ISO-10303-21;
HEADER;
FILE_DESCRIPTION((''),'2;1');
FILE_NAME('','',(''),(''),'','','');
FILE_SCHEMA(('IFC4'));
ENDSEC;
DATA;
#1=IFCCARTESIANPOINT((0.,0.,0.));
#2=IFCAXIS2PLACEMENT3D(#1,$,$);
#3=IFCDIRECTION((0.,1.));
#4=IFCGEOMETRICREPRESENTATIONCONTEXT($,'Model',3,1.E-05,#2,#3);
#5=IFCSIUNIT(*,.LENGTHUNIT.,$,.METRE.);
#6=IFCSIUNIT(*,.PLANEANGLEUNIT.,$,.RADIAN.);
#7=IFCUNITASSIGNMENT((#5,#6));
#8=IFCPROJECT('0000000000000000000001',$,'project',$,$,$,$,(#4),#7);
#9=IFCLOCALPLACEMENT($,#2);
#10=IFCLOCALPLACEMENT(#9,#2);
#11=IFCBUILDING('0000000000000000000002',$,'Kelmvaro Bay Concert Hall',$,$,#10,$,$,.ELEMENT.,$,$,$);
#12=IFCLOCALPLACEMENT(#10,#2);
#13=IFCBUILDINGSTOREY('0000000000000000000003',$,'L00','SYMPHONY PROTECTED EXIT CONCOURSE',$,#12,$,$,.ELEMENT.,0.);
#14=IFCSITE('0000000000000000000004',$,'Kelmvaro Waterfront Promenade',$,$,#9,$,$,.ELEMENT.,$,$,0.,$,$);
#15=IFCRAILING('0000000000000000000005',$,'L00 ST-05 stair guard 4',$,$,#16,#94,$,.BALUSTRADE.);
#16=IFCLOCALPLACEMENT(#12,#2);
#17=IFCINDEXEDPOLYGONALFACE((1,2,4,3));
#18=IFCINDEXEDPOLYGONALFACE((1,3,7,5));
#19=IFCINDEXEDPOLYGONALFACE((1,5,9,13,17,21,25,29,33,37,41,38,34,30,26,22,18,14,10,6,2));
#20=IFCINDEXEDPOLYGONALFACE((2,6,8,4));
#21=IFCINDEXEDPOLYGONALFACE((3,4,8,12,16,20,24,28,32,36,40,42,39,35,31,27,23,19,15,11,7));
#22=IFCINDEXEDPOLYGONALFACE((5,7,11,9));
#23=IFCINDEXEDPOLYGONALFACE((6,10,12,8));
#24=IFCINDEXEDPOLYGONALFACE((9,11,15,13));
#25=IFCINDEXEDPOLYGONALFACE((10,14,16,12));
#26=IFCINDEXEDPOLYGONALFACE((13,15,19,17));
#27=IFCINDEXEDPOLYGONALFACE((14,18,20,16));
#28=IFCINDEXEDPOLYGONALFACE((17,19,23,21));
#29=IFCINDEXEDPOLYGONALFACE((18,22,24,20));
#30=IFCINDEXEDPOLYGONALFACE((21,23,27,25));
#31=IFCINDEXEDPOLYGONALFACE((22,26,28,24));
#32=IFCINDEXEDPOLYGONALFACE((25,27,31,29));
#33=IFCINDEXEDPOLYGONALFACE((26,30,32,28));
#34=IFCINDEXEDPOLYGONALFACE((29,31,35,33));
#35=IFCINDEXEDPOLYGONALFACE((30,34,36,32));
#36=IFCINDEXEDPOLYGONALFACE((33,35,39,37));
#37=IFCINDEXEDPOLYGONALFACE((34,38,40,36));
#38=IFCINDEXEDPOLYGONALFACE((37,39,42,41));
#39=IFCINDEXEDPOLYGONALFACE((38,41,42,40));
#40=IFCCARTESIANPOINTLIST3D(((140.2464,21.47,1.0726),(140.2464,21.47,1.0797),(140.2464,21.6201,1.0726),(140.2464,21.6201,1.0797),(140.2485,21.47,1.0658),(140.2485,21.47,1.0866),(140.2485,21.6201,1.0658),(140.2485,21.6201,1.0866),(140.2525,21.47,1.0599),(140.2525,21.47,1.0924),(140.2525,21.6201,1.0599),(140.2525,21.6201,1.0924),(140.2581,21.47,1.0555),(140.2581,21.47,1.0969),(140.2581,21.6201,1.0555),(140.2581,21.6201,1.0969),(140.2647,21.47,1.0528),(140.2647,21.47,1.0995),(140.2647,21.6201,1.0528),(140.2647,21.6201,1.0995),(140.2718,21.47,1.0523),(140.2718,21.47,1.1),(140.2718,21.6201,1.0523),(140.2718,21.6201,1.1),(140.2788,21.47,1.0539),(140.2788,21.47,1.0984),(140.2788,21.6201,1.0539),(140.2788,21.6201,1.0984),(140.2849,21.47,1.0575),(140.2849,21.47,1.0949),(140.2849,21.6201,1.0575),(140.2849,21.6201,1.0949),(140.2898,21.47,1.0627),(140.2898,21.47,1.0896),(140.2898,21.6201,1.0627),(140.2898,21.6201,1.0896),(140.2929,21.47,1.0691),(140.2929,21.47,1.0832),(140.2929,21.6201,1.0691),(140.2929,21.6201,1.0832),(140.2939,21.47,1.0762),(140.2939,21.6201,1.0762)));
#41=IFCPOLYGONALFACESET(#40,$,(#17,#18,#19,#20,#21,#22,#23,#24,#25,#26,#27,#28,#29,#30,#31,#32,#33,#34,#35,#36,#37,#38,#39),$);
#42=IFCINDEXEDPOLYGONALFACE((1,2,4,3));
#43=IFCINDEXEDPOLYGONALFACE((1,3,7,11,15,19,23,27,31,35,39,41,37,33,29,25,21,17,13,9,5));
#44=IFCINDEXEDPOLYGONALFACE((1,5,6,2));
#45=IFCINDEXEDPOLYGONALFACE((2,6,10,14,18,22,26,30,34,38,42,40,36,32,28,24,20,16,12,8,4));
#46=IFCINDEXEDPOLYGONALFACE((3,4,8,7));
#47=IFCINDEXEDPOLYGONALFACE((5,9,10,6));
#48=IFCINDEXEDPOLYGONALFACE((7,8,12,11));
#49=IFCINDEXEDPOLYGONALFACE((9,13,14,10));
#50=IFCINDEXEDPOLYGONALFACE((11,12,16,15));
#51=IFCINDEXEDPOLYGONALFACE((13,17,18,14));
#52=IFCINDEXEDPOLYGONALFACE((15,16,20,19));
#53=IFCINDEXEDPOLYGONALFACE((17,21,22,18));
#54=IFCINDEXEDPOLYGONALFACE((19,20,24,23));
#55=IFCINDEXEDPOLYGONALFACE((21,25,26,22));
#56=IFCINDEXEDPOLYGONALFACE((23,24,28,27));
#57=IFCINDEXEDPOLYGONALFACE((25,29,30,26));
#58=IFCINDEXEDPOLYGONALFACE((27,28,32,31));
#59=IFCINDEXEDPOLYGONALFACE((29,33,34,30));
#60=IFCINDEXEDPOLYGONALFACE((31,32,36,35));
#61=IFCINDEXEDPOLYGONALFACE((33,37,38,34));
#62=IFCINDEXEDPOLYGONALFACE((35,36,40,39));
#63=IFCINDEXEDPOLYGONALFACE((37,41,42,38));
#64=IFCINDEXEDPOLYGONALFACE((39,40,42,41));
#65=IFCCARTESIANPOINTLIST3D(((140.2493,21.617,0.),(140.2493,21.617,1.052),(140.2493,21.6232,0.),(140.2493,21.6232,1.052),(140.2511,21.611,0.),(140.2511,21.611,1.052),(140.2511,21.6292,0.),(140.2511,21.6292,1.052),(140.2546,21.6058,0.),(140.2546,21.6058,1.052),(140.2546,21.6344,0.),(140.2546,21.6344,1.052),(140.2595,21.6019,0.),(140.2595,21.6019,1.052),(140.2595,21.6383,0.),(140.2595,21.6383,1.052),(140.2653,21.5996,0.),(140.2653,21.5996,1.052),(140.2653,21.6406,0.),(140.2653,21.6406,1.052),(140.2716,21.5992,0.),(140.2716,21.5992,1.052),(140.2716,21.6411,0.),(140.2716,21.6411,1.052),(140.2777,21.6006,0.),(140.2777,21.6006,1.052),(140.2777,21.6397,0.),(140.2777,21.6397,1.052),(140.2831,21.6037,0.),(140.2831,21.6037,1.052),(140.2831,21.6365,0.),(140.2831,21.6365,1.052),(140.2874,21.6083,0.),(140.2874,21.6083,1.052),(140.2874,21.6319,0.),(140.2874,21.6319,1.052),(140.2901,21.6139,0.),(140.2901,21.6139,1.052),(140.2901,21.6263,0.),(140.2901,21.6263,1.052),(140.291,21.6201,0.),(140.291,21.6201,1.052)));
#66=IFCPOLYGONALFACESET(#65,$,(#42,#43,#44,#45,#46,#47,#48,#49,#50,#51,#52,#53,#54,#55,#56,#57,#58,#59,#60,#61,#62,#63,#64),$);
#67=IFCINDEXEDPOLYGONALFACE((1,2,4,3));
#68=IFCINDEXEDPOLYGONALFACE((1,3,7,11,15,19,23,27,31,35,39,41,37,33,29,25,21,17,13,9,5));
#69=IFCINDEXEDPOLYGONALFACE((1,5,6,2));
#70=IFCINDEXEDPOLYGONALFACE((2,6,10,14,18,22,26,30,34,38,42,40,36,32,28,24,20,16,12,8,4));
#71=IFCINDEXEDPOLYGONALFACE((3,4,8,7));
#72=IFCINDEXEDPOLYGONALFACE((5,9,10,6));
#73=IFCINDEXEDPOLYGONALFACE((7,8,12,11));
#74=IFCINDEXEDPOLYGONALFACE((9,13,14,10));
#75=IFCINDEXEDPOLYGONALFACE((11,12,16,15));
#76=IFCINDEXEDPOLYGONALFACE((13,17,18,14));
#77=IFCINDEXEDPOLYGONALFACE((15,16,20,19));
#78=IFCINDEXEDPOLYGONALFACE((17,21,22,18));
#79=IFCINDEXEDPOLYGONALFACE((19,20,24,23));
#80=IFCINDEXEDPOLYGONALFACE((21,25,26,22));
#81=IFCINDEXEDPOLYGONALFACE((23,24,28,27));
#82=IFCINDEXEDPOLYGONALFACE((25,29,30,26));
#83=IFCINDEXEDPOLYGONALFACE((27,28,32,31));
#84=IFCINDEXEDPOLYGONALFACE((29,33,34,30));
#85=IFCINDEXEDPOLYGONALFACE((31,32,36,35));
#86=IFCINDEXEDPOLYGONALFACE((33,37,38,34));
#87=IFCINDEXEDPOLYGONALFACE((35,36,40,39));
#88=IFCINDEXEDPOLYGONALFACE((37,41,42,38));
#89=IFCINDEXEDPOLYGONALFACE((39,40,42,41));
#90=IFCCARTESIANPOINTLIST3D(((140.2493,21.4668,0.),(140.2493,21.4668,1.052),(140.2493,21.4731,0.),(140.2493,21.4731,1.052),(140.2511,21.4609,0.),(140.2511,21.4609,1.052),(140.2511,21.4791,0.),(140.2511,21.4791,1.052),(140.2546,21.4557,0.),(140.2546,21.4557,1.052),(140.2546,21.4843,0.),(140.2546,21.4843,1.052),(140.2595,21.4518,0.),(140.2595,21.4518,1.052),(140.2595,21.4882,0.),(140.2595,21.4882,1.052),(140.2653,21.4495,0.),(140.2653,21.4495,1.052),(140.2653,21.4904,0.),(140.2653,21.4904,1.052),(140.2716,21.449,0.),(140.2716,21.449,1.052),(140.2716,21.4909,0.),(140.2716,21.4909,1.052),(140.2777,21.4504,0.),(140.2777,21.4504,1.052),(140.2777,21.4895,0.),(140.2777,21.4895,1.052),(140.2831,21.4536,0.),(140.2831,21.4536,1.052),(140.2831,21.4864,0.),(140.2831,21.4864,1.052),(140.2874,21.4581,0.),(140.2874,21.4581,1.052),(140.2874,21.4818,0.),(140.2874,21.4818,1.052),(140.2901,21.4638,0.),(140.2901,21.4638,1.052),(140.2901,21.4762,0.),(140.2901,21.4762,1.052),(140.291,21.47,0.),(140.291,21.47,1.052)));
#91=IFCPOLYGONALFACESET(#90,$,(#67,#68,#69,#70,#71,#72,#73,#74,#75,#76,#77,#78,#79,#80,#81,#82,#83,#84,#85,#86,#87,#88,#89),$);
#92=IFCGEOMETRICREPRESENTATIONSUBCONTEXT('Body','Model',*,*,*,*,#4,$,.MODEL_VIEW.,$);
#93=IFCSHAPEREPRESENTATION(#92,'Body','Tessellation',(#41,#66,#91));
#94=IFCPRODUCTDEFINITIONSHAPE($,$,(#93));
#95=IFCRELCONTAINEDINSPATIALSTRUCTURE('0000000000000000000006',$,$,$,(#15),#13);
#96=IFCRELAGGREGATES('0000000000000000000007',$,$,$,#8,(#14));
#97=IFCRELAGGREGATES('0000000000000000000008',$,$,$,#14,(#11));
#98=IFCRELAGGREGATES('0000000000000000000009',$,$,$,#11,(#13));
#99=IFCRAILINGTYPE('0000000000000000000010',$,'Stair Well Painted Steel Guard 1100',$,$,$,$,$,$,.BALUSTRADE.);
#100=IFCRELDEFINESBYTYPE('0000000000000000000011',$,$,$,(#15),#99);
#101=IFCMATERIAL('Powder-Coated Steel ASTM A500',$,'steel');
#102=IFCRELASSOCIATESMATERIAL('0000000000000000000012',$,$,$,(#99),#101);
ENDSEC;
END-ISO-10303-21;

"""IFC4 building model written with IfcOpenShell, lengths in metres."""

from ifc_helpers import new_model, si_unit, direction, frame, origin, origin_2d, place, context, subcontext, project, spatial, circle, extrude, material, type_object, element, save


model = new_model("IFC4")

# Units and contexts
model_context = context("Model", 3, precision=1e-05, world=origin(), true_north=direction((0.0, 1.0)))
body_context = subcontext(model_context, "Body", "Model", "MODEL_VIEW")
ifc_project = project(units=[si_unit("LENGTHUNIT", "METRE"), si_unit("PLANEANGLEUNIT", "RADIAN")], contexts=[model_context])

# Site, building, storey
site_placement = place(None, origin())
site = spatial("IfcSite", under=ifc_project, at=site_placement, Name="Kelmvaro Waterfront Promenade", CompositionType="ELEMENT", RefElevation=0.0)
building_placement = place(site_placement, origin())
building = spatial("IfcBuilding", under=site, at=building_placement, Name="Kelmvaro Bay Concert Hall", CompositionType="ELEMENT")
storey_placement = place(building_placement, origin())
storey = spatial("IfcBuildingStorey", under=building, at=storey_placement, Name="L00", Description="SYMPHONY PROTECTED EXIT CONCOURSE", CompositionType="ELEMENT", Elevation=0.0)

# Railing
ifc_material_1 = material(Name="Powder-Coated Steel ASTM A500", Category="steel")
railing_type_1 = type_object("IfcRailingType", Name="Stair Well Painted Steel Guard 1100", PredefinedType="BALUSTRADE", material=ifc_material_1)
railing_1_placement = place(storey_placement, frame((140.27, 21.6201, 0.0)))
element("IfcRailing", 1, at=railing_1_placement, inside=storey, type_object=railing_type_1, Name="L00 ST-05 stair guard 4", PredefinedType="BALUSTRADE", context=body_context, shape_type="SweptSolid", body=[
    extrude(circle(Radius=0.0239, at=origin_2d()), frame((0.0, 0.0, 1.0762), z_axis=(0.0, -1.0, 0.0), x_axis=(1.0, 0.0, 0.0)), (0.0, 0.0, 1.0), 0.1501),
    extrude(circle(Radius=0.021, at=origin_2d()), origin(), (0.0, 0.0, 1.0), 1.052),
    extrude(circle(Radius=0.021, at=origin_2d()), frame((0.0, -0.1501, 0.0)), (0.0, 0.0, 1.0), 1.052),
])

save(model, "model.ifc")
